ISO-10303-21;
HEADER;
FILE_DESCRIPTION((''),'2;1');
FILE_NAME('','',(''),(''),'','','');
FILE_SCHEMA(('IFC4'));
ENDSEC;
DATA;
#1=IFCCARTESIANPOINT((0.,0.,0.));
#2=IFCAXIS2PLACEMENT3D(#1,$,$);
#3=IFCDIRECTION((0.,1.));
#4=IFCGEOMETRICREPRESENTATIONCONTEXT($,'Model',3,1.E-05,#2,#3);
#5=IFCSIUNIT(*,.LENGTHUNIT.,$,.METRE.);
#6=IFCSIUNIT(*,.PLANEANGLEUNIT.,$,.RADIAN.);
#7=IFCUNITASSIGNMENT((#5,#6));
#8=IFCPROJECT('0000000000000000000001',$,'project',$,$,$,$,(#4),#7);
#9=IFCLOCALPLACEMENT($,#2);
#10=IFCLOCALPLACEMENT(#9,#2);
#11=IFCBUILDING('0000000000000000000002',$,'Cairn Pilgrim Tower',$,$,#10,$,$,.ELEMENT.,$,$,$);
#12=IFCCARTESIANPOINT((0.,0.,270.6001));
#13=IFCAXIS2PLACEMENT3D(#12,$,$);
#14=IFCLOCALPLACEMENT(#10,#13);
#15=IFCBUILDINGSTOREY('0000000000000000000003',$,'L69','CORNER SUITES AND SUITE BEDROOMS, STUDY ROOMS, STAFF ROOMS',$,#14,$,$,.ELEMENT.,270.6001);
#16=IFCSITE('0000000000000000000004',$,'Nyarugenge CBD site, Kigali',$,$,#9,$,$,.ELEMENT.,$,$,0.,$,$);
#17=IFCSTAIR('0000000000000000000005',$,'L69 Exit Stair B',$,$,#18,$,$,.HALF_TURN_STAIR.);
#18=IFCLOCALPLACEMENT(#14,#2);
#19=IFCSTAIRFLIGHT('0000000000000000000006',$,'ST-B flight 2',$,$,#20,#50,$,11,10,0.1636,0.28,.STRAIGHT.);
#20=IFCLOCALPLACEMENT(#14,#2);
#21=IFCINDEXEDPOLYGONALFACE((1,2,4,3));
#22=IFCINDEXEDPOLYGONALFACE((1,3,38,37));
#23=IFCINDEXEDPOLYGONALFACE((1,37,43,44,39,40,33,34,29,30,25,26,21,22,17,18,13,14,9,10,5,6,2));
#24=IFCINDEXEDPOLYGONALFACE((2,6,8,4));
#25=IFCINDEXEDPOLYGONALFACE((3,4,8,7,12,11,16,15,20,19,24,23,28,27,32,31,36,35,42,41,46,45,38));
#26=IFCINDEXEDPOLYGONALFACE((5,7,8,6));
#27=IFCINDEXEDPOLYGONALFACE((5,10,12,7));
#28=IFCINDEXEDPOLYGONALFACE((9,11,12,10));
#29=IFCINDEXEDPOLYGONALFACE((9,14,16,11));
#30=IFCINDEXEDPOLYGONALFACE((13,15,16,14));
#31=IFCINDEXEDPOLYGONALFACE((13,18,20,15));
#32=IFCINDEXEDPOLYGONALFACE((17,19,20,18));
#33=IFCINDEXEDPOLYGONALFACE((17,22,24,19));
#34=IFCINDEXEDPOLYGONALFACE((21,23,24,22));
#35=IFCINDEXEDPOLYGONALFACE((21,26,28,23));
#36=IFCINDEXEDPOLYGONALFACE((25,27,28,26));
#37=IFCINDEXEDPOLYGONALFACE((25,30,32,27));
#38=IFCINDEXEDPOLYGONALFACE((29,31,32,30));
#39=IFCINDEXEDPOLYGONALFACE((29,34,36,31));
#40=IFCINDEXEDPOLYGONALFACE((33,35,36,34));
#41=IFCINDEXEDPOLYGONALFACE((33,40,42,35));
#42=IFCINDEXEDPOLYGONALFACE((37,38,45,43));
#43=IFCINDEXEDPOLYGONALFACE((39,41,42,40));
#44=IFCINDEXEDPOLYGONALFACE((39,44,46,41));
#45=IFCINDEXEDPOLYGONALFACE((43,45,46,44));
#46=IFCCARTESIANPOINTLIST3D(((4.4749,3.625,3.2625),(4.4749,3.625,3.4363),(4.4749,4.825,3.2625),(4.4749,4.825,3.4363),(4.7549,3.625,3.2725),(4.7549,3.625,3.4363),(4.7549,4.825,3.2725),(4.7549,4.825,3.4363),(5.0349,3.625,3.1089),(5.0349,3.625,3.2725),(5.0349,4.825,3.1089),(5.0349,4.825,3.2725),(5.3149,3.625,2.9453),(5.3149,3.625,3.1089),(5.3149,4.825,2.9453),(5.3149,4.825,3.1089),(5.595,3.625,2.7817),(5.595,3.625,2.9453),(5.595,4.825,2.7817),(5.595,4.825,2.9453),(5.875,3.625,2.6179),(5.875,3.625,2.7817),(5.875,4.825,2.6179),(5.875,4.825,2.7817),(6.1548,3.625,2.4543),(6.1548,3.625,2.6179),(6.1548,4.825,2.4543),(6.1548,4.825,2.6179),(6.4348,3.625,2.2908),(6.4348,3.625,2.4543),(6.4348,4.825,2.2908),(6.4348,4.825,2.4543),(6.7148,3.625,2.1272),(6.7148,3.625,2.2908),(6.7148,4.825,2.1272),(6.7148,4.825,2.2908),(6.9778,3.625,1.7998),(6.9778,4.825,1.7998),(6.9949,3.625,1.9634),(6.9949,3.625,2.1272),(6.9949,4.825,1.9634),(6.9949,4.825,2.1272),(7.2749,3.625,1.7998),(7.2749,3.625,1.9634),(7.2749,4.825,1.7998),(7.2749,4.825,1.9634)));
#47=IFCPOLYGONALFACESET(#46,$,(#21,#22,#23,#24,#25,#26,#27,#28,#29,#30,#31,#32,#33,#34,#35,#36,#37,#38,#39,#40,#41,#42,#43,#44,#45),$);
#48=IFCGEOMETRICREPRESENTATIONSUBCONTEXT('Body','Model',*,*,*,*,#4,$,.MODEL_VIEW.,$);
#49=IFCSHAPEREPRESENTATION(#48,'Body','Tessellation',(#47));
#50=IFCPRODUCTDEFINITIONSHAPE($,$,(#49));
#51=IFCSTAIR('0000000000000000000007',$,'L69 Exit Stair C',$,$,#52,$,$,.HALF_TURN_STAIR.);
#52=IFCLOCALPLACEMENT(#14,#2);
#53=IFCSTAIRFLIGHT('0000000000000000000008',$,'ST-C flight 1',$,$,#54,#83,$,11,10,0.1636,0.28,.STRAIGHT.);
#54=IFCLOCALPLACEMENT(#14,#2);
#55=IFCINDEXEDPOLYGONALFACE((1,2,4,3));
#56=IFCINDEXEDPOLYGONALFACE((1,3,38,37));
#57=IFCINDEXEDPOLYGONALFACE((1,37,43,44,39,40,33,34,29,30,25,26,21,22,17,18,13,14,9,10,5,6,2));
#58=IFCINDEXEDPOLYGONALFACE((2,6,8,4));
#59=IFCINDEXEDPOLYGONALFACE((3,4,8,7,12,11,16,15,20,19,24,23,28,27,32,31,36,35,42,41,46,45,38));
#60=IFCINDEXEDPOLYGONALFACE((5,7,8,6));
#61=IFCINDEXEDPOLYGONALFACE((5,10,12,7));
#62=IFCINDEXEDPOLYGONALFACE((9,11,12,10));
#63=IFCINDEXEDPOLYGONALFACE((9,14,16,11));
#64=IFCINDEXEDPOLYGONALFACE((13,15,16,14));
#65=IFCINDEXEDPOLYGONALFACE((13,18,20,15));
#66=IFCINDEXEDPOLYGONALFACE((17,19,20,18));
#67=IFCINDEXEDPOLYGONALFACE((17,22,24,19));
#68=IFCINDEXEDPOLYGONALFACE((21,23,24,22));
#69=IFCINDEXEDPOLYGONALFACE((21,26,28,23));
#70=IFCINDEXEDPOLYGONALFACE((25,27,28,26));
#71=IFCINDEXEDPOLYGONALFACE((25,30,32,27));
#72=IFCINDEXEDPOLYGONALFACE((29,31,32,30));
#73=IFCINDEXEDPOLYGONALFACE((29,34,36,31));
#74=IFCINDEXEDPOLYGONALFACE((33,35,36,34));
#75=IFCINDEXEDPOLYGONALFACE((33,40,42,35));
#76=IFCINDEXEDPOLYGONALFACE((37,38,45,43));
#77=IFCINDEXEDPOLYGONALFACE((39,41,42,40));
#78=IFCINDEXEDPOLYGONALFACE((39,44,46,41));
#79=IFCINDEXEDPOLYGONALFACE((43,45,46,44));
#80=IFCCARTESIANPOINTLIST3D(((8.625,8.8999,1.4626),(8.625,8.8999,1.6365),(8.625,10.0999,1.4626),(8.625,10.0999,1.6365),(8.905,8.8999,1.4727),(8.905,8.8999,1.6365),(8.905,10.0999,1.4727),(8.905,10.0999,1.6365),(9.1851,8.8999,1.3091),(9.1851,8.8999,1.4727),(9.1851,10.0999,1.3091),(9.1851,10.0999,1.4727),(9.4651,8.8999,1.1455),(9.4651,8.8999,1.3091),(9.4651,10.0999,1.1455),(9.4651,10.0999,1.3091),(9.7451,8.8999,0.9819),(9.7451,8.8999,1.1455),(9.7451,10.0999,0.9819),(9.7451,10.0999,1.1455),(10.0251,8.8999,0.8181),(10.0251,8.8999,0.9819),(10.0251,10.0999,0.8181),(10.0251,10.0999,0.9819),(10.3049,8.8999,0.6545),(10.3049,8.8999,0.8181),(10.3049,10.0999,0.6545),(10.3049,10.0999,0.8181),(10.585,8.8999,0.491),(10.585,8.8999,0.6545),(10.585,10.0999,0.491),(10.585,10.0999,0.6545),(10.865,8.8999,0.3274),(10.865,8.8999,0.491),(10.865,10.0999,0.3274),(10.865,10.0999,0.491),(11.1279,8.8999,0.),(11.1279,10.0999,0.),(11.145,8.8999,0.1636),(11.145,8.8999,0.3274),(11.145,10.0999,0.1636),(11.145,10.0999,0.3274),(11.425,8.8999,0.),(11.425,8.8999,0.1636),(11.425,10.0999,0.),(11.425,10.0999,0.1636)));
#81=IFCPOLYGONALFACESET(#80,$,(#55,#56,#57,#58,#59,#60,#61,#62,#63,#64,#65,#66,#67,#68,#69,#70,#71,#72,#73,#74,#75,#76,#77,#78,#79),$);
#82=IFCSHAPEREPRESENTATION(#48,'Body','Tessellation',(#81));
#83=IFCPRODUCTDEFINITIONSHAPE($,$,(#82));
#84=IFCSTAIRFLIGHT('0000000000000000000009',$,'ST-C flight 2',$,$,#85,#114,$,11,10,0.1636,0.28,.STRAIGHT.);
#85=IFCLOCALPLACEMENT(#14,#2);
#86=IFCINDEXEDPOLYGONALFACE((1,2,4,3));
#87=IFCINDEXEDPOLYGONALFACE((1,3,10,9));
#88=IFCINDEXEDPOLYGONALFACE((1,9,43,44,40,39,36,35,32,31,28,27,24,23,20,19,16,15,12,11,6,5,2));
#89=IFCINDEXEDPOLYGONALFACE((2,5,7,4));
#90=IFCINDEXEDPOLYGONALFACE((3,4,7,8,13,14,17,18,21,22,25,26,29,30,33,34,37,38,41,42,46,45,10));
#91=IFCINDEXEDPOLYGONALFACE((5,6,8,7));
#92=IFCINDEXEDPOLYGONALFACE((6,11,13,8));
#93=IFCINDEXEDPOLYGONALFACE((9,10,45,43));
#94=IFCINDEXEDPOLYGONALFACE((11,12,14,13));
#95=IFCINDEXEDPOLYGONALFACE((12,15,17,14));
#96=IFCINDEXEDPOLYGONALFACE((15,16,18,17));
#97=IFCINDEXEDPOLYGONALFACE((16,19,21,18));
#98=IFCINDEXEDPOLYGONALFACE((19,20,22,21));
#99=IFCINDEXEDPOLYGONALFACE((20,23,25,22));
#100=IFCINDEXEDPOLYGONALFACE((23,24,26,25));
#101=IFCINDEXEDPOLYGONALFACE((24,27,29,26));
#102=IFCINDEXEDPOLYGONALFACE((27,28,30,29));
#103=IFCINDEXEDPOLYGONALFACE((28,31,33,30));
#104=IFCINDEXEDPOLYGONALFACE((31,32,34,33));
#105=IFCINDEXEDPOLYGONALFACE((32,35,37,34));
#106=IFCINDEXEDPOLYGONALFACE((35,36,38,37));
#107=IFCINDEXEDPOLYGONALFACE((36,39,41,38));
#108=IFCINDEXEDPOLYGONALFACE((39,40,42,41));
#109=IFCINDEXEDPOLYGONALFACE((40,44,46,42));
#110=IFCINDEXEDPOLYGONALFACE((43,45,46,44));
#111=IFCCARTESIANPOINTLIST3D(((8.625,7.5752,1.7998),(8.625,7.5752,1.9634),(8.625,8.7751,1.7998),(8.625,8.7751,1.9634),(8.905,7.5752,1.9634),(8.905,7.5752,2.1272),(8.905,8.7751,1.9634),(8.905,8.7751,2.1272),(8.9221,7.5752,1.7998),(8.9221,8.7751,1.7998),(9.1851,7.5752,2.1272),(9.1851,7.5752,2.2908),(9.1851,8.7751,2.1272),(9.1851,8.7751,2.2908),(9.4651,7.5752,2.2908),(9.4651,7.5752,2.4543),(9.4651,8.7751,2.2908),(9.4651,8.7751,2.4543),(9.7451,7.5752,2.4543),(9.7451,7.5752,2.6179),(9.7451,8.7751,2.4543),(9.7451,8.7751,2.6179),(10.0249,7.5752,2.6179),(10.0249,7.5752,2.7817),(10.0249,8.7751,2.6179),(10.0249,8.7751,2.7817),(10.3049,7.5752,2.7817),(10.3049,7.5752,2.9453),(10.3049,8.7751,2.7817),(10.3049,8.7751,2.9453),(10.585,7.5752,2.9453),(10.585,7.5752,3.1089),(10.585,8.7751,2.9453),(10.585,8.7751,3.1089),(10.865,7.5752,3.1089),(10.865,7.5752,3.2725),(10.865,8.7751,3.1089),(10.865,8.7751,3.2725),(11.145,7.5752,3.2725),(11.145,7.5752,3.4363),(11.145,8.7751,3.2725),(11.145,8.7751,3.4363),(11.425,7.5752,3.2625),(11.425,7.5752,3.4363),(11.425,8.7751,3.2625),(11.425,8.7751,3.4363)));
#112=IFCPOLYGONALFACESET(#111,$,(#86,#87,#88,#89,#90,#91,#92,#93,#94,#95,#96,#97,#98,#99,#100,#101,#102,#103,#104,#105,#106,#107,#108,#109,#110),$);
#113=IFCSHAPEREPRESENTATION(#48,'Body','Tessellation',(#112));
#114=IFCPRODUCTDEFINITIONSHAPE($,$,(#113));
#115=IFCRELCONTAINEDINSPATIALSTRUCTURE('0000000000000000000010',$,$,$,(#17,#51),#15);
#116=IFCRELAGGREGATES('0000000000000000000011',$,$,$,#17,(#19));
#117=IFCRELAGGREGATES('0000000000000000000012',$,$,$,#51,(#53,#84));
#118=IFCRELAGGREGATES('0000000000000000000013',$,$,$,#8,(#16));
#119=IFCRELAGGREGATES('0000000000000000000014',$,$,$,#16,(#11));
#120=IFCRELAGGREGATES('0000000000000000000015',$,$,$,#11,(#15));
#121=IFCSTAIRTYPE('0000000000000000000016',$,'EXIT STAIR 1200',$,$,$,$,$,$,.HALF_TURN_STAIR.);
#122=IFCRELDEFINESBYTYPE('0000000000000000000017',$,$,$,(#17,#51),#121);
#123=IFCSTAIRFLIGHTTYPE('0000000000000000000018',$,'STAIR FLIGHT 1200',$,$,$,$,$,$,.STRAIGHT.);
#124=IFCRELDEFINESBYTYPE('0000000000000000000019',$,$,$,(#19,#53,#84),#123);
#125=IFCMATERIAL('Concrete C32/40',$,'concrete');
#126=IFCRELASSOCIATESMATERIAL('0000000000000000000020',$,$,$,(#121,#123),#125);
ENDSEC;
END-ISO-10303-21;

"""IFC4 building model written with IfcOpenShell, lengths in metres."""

from ifc_helpers import new_model, si_unit, direction, frame, origin, place, context, subcontext, project, spatial, polyline, outline, extrude, material, type_object, element, aggregate, save


model = new_model("IFC4")

# Units and contexts
model_context = context("Model", 3, precision=1e-05, world=origin(), true_north=direction((0.0, 1.0)))
body_context = subcontext(model_context, "Body", "Model", "MODEL_VIEW")
ifc_project = project(units=[si_unit("LENGTHUNIT", "METRE"), si_unit("PLANEANGLEUNIT", "RADIAN")], contexts=[model_context])

# Site, building, storey
site_placement = place(None, origin())
site = spatial("IfcSite", under=ifc_project, at=site_placement, Name="Nyarugenge CBD site, Kigali", CompositionType="ELEMENT", RefElevation=0.0)
building_placement = place(site_placement, origin())
building = spatial("IfcBuilding", under=site, at=building_placement, Name="Cairn Pilgrim Tower", CompositionType="ELEMENT")
storey_placement = place(building_placement, frame((0.0, 0.0, 270.6001)))
storey = spatial("IfcBuildingStorey", under=building, at=storey_placement, Name="L69", Description="CORNER SUITES AND SUITE BEDROOMS, STUDY ROOMS, STAFF ROOMS", CompositionType="ELEMENT", Elevation=270.6001)

# Shared definitions
ifc_material_1 = material(Name="Concrete C32/40", Category="concrete")

# Stairs, stair flights
stair_type = type_object("IfcStairType", Name="EXIT STAIR 1200", PredefinedType="HALF_TURN_STAIR", material=ifc_material_1)
stair_1_placement = place(storey_placement, origin())
stair_1 = element("IfcStair", 1, at=stair_1_placement, inside=storey, type_object=stair_type, Name="L69 Exit Stair B", PredefinedType="HALF_TURN_STAIR")
stair_flight_type = type_object("IfcStairFlightType", Name="STAIR FLIGHT 1200", PredefinedType="STRAIGHT", material=ifc_material_1)
stair_flight_1_placement = place(storey_placement, frame((7.2749, 4.2251, 1.7998), z_axis=(0.0, 0.0, 1.0), x_axis=(-1.0, 0.0, 0.0)))
stair_flight_1 = element("IfcStairFlight", 2, at=stair_flight_1_placement, type_object=stair_flight_type, Name="ST-B flight 2", NumberOfRisers=11, NumberOfTreads=10, PredefinedType="STRAIGHT", RiserHeight=0.1636, TreadLength=0.28, context=body_context, shape_type="SweptSolid", body=[
    extrude(outline(polyline([(0.0, 0.0), (0.0, 0.1636), (0.28, 0.1636), (0.28, 0.3274), (0.5601, 0.3274), (0.5601, 0.491), (0.8401, 0.491), (0.8401, 0.6545), (1.1201, 0.6545), (1.1201, 0.8181), (1.3999, 0.8181), (1.3999, 0.9819), (1.6799, 0.9819), (1.6799, 1.1455), (1.96, 1.1455), (1.96, 1.3091), (2.24, 1.3091), (2.24, 1.4727), (2.52, 1.4727), (2.52, 1.6365), (2.8, 1.6365), (2.8, 1.8), (2.8, 1.4626), (0.2971, 0.0), (0.0, 0.0)])), frame((0.0, 0.6001, 0.0), z_axis=(0.0, -1.0, 0.0), x_axis=(1.0, 0.0, 0.0)), (0.0, 0.0, 1.0), 1.2),
])
aggregate(stair_1, [stair_flight_1])
stair_2_placement = place(storey_placement, origin())
stair_2 = element("IfcStair", 3, at=stair_2_placement, inside=storey, type_object=stair_type, Name="L69 Exit Stair C", PredefinedType="HALF_TURN_STAIR")
stair_flight_2_placement = place(storey_placement, frame((11.425, 9.5, 0.0), z_axis=(0.0, 0.0, 1.0), x_axis=(-1.0, 0.0, 0.0)))
stair_flight_2 = element("IfcStairFlight", 4, at=stair_flight_2_placement, type_object=stair_flight_type, Name="ST-C flight 1", NumberOfRisers=11, NumberOfTreads=10, PredefinedType="STRAIGHT", RiserHeight=0.1636, TreadLength=0.28, context=body_context, shape_type="SweptSolid", body=[
    extrude(outline(polyline([(0.0, 0.0), (0.0, 0.1636), (0.28, 0.1636), (0.28, 0.3274), (0.5601, 0.3274), (0.5601, 0.491), (0.8401, 0.491), (0.8401, 0.6545), (1.1201, 0.6545), (1.1201, 0.8181), (1.3999, 0.8181), (1.3999, 0.9819), (1.6799, 0.9819), (1.6799, 1.1455), (1.96, 1.1455), (1.96, 1.3091), (2.24, 1.3091), (2.24, 1.4727), (2.52, 1.4727), (2.52, 1.6365), (2.8, 1.6365), (2.8, 1.8), (2.8, 1.4626), (0.2971, 0.0), (0.0, 0.0)])), frame((0.0, 0.6001, 0.0), z_axis=(0.0, -1.0, 0.0), x_axis=(1.0, 0.0, 0.0)), (0.0, 0.0, 1.0), 1.2),
])
stair_flight_3_placement = place(storey_placement, frame((8.625, 8.175, 1.7998), z_axis=(0.0, 0.0, 1.0), x_axis=(1.0, 0.0, 0.0)))
stair_flight_3 = element("IfcStairFlight", 5, at=stair_flight_3_placement, type_object=stair_flight_type, Name="ST-C flight 2", NumberOfRisers=11, NumberOfTreads=10, PredefinedType="STRAIGHT", RiserHeight=0.1636, TreadLength=0.28, context=body_context, shape_type="SweptSolid", body=[
    extrude(outline(polyline([(0.0, 0.0), (0.0, 0.1636), (0.28, 0.1636), (0.28, 0.3274), (0.5601, 0.3274), (0.5601, 0.491), (0.8401, 0.491), (0.8401, 0.6545), (1.1201, 0.6545), (1.1201, 0.8181), (1.3999, 0.8181), (1.3999, 0.9819), (1.6799, 0.9819), (1.6799, 1.1455), (1.96, 1.1455), (1.96, 1.3091), (2.24, 1.3091), (2.24, 1.4727), (2.52, 1.4727), (2.52, 1.6365), (2.8, 1.6365), (2.8, 1.8), (2.8, 1.4626), (0.2971, 0.0), (0.0, 0.0)])), frame((0.0, 0.6001, 0.0), z_axis=(0.0, -1.0, 0.0), x_axis=(1.0, 0.0, 0.0)), (0.0, 0.0, 1.0), 1.2),
])
aggregate(stair_2, [stair_flight_2, stair_flight_3])

save(model, "model.ifc")
